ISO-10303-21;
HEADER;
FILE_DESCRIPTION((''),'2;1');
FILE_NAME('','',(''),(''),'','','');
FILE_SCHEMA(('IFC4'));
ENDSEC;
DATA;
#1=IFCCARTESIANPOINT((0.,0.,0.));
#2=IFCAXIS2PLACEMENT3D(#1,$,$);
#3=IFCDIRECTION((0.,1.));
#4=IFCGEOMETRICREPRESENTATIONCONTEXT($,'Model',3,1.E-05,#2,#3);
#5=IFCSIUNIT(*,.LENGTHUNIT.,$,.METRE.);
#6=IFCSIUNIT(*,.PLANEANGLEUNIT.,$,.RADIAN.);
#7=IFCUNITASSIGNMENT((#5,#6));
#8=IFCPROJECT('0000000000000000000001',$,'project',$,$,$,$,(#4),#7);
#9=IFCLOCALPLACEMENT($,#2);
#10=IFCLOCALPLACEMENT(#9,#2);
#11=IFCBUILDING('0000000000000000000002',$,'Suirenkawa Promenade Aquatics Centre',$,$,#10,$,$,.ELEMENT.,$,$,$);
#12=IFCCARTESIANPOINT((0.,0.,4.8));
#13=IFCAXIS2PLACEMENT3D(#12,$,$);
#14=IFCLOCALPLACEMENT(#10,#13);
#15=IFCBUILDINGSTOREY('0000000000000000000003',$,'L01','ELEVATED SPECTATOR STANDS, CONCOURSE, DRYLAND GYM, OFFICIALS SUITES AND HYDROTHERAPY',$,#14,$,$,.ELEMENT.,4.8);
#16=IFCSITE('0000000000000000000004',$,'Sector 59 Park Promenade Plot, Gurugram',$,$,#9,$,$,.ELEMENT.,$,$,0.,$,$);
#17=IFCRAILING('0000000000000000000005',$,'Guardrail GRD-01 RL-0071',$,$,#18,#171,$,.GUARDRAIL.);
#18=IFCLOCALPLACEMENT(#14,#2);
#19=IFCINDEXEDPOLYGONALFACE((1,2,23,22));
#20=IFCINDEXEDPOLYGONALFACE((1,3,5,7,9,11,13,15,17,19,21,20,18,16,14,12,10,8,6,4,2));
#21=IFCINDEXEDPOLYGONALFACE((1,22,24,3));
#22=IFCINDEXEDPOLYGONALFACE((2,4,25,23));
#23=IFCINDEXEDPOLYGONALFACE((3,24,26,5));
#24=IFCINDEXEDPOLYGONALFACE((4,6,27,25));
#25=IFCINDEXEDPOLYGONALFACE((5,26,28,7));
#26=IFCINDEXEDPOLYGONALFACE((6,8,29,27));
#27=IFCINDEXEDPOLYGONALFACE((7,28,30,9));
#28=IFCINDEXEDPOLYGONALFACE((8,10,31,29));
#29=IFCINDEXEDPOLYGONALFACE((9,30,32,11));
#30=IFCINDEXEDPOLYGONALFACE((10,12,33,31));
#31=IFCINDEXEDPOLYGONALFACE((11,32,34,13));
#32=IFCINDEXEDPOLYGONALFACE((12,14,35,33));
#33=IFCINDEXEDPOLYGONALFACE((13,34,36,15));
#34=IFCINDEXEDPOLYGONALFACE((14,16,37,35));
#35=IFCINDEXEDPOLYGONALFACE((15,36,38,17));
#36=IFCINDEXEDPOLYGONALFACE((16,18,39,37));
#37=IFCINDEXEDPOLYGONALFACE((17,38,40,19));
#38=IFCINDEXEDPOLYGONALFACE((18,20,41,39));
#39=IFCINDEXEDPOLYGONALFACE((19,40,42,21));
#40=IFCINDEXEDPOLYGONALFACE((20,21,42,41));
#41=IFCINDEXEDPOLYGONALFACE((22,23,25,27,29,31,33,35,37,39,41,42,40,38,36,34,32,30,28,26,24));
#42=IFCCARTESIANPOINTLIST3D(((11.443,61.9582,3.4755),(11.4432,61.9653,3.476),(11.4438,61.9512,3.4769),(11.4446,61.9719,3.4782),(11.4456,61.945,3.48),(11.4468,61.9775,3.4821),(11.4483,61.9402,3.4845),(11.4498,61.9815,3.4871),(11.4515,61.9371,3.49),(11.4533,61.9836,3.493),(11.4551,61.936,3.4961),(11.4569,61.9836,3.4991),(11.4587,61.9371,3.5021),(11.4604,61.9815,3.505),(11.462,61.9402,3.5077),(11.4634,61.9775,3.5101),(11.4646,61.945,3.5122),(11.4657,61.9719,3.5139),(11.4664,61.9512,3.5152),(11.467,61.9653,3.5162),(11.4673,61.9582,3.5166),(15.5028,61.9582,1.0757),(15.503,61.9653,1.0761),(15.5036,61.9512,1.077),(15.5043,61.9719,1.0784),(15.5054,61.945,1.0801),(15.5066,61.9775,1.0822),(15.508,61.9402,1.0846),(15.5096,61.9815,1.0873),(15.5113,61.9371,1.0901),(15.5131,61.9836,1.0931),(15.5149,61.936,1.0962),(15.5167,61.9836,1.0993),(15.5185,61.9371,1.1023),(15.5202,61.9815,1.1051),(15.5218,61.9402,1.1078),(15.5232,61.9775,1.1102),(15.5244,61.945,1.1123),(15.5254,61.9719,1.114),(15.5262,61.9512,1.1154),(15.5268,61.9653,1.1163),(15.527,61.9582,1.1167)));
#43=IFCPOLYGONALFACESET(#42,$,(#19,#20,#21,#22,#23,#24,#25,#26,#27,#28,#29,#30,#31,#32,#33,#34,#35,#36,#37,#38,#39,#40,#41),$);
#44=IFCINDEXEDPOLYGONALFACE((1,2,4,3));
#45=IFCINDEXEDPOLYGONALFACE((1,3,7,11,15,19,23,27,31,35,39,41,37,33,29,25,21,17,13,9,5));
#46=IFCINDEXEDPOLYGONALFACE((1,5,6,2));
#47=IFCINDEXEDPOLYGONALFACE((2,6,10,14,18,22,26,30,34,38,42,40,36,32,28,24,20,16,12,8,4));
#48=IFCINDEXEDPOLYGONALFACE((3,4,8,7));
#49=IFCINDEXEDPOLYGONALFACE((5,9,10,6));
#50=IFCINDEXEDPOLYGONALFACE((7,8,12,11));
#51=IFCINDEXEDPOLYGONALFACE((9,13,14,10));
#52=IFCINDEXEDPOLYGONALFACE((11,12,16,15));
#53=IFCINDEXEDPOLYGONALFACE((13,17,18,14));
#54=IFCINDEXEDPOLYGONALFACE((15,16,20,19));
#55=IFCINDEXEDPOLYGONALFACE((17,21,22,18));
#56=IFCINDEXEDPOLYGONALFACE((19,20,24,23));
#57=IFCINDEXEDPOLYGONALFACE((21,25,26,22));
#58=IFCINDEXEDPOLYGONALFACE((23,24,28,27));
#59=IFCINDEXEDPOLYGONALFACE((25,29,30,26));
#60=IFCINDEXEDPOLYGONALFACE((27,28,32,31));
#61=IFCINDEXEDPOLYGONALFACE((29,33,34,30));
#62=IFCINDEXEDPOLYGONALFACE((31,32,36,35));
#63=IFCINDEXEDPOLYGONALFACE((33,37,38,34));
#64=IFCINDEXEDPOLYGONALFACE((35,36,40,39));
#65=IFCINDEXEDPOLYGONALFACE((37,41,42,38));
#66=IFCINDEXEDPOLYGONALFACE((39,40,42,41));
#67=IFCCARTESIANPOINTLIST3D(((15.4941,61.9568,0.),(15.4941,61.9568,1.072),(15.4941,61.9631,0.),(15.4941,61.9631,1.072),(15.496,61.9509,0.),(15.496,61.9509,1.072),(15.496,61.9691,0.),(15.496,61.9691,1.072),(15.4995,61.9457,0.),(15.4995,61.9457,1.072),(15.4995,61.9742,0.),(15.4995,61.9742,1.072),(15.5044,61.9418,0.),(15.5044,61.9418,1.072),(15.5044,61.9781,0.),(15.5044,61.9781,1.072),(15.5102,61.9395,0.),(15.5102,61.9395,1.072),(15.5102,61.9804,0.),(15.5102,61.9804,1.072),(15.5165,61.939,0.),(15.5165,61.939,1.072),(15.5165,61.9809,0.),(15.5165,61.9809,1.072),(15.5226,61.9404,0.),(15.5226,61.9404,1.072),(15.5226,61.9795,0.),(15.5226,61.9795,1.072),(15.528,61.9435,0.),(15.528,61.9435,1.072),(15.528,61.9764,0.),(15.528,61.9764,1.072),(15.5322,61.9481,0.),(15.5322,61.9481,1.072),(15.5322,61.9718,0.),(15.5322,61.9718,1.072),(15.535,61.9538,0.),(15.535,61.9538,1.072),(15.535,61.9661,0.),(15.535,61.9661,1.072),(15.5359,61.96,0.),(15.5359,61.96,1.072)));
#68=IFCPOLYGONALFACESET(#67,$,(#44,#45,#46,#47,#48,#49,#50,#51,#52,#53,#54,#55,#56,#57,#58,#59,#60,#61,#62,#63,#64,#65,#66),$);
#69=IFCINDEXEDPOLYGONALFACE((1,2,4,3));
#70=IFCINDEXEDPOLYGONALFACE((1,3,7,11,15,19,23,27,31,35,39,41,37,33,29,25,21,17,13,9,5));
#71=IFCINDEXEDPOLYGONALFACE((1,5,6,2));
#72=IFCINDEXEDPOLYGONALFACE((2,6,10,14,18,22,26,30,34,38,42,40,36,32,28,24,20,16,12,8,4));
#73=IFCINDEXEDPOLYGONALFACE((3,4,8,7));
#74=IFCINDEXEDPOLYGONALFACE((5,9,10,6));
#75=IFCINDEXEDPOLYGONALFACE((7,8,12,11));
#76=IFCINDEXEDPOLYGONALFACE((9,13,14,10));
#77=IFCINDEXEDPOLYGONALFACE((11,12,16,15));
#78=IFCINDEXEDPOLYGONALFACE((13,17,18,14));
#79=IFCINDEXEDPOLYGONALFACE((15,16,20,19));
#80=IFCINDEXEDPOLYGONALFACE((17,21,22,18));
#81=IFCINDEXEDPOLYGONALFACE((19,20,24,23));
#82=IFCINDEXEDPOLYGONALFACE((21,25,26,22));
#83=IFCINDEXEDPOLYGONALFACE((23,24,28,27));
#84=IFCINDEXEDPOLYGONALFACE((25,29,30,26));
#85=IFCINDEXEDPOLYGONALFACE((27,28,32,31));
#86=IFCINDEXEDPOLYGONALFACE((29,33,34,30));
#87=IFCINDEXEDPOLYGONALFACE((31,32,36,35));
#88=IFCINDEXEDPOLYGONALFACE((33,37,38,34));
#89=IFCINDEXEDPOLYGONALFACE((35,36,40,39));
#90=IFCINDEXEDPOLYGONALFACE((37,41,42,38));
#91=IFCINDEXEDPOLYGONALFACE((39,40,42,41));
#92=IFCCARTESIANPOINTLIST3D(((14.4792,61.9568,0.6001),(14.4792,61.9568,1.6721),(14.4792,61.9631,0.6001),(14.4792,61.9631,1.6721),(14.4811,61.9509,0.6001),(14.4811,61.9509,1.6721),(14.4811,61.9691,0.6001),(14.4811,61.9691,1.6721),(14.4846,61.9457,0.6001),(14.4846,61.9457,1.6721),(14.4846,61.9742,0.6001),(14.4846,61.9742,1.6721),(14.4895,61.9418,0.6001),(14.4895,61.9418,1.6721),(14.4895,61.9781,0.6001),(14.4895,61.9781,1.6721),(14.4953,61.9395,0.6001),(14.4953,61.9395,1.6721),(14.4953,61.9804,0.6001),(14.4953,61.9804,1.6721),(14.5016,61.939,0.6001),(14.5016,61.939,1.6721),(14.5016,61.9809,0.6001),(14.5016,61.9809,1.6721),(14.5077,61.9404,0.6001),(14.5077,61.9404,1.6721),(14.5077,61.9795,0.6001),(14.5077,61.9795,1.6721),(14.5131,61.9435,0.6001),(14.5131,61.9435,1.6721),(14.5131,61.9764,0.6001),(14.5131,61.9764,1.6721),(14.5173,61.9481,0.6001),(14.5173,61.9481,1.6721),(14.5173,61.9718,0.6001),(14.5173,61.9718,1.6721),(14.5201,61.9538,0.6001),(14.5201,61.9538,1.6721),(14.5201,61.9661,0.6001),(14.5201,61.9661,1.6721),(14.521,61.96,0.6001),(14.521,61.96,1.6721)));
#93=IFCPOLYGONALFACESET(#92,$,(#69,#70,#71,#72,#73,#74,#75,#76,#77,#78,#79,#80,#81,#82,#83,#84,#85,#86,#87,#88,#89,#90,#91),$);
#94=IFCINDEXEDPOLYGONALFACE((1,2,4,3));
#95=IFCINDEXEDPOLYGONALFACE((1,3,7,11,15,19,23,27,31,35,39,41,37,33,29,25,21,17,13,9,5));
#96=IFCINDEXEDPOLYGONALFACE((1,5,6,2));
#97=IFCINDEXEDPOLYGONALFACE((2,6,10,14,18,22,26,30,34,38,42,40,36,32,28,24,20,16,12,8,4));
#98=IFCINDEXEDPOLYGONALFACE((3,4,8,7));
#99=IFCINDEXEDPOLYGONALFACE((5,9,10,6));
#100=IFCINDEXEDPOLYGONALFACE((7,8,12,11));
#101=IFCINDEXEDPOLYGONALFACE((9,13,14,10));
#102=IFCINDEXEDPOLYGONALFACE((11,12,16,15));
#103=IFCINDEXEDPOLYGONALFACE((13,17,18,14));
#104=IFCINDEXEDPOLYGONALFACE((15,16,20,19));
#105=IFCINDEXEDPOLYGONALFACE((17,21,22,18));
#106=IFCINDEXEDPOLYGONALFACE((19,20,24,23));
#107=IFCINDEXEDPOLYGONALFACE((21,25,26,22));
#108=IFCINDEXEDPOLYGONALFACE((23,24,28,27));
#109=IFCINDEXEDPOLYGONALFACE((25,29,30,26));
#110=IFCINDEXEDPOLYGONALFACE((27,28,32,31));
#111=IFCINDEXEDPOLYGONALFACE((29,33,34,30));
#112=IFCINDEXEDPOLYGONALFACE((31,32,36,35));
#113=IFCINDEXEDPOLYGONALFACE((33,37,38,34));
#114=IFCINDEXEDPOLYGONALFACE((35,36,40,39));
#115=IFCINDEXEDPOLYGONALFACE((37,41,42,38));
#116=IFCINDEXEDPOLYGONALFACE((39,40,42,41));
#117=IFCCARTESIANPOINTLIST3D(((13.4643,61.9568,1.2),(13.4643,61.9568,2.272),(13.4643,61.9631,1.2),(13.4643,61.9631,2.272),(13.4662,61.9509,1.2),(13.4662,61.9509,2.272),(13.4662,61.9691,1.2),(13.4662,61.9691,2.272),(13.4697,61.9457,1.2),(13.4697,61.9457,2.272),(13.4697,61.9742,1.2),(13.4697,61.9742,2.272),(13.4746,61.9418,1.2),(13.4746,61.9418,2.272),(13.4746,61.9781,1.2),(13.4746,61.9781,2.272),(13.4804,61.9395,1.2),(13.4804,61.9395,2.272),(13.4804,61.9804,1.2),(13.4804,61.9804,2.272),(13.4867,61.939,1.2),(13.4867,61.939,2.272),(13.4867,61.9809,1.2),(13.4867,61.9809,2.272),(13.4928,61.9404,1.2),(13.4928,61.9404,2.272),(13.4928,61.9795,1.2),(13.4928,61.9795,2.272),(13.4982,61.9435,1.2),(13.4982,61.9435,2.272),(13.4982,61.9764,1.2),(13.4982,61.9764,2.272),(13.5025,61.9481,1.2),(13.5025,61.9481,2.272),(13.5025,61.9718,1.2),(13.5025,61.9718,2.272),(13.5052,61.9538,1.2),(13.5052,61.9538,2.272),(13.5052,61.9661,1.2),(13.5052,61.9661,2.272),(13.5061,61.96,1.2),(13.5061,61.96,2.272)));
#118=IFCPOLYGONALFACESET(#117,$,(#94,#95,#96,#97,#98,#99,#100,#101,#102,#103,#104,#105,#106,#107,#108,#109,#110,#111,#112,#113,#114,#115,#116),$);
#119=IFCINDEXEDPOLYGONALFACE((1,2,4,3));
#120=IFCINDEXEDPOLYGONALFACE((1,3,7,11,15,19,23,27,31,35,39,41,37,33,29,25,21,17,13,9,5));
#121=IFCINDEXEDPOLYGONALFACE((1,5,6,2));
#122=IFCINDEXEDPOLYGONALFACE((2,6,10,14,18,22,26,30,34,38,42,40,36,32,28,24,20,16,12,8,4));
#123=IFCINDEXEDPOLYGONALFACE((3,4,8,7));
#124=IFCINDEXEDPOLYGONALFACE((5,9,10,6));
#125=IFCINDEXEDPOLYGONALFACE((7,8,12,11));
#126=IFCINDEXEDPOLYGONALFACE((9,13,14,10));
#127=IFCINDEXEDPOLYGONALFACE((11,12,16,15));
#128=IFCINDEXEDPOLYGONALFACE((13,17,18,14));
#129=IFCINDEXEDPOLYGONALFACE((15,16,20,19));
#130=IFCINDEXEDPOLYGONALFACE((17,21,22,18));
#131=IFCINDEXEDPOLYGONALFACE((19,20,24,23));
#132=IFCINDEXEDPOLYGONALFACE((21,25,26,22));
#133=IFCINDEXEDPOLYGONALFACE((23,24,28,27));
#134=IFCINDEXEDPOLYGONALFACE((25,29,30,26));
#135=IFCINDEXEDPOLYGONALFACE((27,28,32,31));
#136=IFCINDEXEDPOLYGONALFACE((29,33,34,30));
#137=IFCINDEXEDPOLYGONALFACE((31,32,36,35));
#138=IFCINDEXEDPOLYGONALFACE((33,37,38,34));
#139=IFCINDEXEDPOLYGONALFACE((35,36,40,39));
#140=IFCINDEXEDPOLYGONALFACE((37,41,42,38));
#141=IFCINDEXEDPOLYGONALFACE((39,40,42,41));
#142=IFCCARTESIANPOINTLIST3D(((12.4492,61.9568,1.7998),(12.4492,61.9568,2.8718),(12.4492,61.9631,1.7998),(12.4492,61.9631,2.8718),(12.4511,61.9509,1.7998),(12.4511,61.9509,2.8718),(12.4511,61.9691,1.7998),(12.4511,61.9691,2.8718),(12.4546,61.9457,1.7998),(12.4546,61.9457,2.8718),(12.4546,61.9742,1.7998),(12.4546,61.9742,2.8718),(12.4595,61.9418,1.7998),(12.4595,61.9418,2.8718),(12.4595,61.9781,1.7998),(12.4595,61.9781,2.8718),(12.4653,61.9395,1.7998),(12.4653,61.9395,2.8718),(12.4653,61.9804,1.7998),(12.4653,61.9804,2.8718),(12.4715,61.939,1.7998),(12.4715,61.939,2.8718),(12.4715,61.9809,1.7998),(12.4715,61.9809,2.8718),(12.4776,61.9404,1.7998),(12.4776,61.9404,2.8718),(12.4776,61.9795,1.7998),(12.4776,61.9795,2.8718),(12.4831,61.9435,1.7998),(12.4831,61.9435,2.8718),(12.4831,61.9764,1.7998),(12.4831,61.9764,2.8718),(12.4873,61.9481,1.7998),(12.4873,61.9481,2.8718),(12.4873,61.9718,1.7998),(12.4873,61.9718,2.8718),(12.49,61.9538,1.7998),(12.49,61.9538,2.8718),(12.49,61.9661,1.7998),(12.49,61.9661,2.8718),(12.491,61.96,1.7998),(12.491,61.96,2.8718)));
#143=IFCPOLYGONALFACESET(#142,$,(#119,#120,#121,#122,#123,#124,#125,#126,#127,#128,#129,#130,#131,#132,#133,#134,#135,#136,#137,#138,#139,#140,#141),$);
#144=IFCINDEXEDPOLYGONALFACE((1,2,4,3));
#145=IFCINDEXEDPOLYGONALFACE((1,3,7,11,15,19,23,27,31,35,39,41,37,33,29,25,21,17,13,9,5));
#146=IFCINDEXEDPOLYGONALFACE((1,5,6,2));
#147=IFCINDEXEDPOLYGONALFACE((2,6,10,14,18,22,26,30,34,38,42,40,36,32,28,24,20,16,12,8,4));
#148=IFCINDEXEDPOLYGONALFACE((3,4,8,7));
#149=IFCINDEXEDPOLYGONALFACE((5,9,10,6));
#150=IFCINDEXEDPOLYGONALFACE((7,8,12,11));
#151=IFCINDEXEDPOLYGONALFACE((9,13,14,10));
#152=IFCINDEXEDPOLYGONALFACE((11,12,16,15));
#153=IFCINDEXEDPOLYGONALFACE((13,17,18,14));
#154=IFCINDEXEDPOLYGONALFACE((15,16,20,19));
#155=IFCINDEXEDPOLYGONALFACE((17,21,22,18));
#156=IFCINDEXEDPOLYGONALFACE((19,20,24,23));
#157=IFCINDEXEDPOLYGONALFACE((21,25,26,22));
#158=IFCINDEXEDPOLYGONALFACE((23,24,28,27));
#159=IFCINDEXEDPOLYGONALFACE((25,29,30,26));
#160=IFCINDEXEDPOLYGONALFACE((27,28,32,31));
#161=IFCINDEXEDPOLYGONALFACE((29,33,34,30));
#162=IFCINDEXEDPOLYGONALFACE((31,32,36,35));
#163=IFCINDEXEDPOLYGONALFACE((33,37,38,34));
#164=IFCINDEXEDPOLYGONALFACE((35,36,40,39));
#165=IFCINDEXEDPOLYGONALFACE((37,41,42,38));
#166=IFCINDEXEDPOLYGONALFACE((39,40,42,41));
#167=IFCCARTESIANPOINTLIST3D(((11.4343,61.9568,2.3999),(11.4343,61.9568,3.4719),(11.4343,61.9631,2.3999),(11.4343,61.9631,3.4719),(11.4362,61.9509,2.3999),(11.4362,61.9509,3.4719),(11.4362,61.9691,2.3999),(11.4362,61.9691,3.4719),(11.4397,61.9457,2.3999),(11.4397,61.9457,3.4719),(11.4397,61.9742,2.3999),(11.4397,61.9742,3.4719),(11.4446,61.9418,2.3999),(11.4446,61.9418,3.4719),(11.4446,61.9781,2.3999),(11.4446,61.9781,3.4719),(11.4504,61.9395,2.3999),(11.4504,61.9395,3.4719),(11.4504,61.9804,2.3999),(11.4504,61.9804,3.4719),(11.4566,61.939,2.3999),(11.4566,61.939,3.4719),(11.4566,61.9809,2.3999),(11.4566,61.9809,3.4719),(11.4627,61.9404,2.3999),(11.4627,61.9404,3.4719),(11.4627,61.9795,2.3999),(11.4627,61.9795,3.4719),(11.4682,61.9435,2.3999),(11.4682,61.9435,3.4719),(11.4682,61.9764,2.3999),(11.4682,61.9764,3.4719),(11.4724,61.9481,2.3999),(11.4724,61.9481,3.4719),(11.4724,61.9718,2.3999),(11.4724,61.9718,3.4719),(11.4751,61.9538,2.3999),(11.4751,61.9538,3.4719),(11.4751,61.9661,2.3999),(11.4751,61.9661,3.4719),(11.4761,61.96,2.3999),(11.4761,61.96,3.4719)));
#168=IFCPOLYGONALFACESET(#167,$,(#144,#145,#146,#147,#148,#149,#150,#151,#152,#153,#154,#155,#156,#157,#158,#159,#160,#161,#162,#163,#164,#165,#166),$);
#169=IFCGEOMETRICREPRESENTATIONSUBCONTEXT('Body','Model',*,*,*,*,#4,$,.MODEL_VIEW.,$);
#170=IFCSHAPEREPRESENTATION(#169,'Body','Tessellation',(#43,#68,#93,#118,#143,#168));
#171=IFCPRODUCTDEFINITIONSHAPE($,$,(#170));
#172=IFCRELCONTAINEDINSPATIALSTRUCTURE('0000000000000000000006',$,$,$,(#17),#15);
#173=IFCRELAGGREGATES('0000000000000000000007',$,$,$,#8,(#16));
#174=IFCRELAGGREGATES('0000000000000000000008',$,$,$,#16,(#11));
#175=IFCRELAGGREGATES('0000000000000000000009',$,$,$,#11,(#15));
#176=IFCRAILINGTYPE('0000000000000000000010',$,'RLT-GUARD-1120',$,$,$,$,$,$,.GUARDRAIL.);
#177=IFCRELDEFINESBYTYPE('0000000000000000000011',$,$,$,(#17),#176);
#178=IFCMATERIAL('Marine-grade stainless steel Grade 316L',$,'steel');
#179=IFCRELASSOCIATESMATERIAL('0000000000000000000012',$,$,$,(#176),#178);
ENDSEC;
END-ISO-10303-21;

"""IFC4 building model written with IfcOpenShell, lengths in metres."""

from ifc_helpers import new_model, si_unit, direction, frame, origin, origin_2d, place, context, subcontext, project, spatial, circle, extrude, material, type_object, element, save


model = new_model("IFC4")

# Units and contexts
model_context = context("Model", 3, precision=1e-05, world=origin(), true_north=direction((0.0, 1.0)))
body_context = subcontext(model_context, "Body", "Model", "MODEL_VIEW")
ifc_project = project(units=[si_unit("LENGTHUNIT", "METRE"), si_unit("PLANEANGLEUNIT", "RADIAN")], contexts=[model_context])

# Site, building, storey
site_placement = place(None, origin())
site = spatial("IfcSite", under=ifc_project, at=site_placement, Name="Sector 59 Park Promenade Plot, Gurugram", CompositionType="ELEMENT", RefElevation=0.0)
building_placement = place(site_placement, origin())
building = spatial("IfcBuilding", under=site, at=building_placement, Name="Suirenkawa Promenade Aquatics Centre", CompositionType="ELEMENT")
storey_placement = place(building_placement, frame((0.0, 0.0, 4.8)))
storey = spatial("IfcBuildingStorey", under=building, at=storey_placement, Name="L01", Description="ELEVATED SPECTATOR STANDS, CONCOURSE, DRYLAND GYM, OFFICIALS SUITES AND HYDROTHERAPY", CompositionType="ELEMENT", Elevation=4.8)

# Shared definitions
ifc_material_1 = material(Name="Marine-grade stainless steel Grade 316L", Category="steel")

# Railing
railing_type_1 = type_object("IfcRailingType", Name="RLT-GUARD-1120", PredefinedType="GUARDRAIL", material=ifc_material_1)
for number, where, name in (
    (1, (15.5149, 61.96, 0.0), "Guardrail GRD-01 RL-0071"),
):
    element("IfcRailing", number, at=place(storey_placement, frame(where)), inside=storey, type_object=railing_type_1, Name=name, PredefinedType="GUARDRAIL", context=body_context, shape_type="SweptSolid", body=[
        extrude(circle(Radius=0.0239, at=origin_2d()), frame((0.0, 0.0, 1.0962), z_axis=(-0.860841, 0.0, 0.508874), x_axis=(0.0, -1.0, 0.0)), (0.0, 0.0, 1.0), 4.7161),
        extrude(circle(Radius=0.021, at=origin_2d()), origin(), (0.0, 0.0, 1.0), 1.072),
        extrude(circle(Radius=0.021, at=origin_2d()), frame((-1.0149, 0.0, 0.6001)), (0.0, 0.0, 1.0), 1.072),
        extrude(circle(Radius=0.021, at=origin_2d()), frame((-2.0298, 0.0, 1.2)), (0.0, 0.0, 1.0), 1.072),
        extrude(circle(Radius=0.021, at=origin_2d()), frame((-3.0449, 0.0, 1.7998)), (0.0, 0.0, 1.0), 1.072),
        extrude(circle(Radius=0.021, at=origin_2d()), frame((-4.0598, 0.0, 2.3999)), (0.0, 0.0, 1.0), 1.072),
    ])

save(model, "model.ifc")
